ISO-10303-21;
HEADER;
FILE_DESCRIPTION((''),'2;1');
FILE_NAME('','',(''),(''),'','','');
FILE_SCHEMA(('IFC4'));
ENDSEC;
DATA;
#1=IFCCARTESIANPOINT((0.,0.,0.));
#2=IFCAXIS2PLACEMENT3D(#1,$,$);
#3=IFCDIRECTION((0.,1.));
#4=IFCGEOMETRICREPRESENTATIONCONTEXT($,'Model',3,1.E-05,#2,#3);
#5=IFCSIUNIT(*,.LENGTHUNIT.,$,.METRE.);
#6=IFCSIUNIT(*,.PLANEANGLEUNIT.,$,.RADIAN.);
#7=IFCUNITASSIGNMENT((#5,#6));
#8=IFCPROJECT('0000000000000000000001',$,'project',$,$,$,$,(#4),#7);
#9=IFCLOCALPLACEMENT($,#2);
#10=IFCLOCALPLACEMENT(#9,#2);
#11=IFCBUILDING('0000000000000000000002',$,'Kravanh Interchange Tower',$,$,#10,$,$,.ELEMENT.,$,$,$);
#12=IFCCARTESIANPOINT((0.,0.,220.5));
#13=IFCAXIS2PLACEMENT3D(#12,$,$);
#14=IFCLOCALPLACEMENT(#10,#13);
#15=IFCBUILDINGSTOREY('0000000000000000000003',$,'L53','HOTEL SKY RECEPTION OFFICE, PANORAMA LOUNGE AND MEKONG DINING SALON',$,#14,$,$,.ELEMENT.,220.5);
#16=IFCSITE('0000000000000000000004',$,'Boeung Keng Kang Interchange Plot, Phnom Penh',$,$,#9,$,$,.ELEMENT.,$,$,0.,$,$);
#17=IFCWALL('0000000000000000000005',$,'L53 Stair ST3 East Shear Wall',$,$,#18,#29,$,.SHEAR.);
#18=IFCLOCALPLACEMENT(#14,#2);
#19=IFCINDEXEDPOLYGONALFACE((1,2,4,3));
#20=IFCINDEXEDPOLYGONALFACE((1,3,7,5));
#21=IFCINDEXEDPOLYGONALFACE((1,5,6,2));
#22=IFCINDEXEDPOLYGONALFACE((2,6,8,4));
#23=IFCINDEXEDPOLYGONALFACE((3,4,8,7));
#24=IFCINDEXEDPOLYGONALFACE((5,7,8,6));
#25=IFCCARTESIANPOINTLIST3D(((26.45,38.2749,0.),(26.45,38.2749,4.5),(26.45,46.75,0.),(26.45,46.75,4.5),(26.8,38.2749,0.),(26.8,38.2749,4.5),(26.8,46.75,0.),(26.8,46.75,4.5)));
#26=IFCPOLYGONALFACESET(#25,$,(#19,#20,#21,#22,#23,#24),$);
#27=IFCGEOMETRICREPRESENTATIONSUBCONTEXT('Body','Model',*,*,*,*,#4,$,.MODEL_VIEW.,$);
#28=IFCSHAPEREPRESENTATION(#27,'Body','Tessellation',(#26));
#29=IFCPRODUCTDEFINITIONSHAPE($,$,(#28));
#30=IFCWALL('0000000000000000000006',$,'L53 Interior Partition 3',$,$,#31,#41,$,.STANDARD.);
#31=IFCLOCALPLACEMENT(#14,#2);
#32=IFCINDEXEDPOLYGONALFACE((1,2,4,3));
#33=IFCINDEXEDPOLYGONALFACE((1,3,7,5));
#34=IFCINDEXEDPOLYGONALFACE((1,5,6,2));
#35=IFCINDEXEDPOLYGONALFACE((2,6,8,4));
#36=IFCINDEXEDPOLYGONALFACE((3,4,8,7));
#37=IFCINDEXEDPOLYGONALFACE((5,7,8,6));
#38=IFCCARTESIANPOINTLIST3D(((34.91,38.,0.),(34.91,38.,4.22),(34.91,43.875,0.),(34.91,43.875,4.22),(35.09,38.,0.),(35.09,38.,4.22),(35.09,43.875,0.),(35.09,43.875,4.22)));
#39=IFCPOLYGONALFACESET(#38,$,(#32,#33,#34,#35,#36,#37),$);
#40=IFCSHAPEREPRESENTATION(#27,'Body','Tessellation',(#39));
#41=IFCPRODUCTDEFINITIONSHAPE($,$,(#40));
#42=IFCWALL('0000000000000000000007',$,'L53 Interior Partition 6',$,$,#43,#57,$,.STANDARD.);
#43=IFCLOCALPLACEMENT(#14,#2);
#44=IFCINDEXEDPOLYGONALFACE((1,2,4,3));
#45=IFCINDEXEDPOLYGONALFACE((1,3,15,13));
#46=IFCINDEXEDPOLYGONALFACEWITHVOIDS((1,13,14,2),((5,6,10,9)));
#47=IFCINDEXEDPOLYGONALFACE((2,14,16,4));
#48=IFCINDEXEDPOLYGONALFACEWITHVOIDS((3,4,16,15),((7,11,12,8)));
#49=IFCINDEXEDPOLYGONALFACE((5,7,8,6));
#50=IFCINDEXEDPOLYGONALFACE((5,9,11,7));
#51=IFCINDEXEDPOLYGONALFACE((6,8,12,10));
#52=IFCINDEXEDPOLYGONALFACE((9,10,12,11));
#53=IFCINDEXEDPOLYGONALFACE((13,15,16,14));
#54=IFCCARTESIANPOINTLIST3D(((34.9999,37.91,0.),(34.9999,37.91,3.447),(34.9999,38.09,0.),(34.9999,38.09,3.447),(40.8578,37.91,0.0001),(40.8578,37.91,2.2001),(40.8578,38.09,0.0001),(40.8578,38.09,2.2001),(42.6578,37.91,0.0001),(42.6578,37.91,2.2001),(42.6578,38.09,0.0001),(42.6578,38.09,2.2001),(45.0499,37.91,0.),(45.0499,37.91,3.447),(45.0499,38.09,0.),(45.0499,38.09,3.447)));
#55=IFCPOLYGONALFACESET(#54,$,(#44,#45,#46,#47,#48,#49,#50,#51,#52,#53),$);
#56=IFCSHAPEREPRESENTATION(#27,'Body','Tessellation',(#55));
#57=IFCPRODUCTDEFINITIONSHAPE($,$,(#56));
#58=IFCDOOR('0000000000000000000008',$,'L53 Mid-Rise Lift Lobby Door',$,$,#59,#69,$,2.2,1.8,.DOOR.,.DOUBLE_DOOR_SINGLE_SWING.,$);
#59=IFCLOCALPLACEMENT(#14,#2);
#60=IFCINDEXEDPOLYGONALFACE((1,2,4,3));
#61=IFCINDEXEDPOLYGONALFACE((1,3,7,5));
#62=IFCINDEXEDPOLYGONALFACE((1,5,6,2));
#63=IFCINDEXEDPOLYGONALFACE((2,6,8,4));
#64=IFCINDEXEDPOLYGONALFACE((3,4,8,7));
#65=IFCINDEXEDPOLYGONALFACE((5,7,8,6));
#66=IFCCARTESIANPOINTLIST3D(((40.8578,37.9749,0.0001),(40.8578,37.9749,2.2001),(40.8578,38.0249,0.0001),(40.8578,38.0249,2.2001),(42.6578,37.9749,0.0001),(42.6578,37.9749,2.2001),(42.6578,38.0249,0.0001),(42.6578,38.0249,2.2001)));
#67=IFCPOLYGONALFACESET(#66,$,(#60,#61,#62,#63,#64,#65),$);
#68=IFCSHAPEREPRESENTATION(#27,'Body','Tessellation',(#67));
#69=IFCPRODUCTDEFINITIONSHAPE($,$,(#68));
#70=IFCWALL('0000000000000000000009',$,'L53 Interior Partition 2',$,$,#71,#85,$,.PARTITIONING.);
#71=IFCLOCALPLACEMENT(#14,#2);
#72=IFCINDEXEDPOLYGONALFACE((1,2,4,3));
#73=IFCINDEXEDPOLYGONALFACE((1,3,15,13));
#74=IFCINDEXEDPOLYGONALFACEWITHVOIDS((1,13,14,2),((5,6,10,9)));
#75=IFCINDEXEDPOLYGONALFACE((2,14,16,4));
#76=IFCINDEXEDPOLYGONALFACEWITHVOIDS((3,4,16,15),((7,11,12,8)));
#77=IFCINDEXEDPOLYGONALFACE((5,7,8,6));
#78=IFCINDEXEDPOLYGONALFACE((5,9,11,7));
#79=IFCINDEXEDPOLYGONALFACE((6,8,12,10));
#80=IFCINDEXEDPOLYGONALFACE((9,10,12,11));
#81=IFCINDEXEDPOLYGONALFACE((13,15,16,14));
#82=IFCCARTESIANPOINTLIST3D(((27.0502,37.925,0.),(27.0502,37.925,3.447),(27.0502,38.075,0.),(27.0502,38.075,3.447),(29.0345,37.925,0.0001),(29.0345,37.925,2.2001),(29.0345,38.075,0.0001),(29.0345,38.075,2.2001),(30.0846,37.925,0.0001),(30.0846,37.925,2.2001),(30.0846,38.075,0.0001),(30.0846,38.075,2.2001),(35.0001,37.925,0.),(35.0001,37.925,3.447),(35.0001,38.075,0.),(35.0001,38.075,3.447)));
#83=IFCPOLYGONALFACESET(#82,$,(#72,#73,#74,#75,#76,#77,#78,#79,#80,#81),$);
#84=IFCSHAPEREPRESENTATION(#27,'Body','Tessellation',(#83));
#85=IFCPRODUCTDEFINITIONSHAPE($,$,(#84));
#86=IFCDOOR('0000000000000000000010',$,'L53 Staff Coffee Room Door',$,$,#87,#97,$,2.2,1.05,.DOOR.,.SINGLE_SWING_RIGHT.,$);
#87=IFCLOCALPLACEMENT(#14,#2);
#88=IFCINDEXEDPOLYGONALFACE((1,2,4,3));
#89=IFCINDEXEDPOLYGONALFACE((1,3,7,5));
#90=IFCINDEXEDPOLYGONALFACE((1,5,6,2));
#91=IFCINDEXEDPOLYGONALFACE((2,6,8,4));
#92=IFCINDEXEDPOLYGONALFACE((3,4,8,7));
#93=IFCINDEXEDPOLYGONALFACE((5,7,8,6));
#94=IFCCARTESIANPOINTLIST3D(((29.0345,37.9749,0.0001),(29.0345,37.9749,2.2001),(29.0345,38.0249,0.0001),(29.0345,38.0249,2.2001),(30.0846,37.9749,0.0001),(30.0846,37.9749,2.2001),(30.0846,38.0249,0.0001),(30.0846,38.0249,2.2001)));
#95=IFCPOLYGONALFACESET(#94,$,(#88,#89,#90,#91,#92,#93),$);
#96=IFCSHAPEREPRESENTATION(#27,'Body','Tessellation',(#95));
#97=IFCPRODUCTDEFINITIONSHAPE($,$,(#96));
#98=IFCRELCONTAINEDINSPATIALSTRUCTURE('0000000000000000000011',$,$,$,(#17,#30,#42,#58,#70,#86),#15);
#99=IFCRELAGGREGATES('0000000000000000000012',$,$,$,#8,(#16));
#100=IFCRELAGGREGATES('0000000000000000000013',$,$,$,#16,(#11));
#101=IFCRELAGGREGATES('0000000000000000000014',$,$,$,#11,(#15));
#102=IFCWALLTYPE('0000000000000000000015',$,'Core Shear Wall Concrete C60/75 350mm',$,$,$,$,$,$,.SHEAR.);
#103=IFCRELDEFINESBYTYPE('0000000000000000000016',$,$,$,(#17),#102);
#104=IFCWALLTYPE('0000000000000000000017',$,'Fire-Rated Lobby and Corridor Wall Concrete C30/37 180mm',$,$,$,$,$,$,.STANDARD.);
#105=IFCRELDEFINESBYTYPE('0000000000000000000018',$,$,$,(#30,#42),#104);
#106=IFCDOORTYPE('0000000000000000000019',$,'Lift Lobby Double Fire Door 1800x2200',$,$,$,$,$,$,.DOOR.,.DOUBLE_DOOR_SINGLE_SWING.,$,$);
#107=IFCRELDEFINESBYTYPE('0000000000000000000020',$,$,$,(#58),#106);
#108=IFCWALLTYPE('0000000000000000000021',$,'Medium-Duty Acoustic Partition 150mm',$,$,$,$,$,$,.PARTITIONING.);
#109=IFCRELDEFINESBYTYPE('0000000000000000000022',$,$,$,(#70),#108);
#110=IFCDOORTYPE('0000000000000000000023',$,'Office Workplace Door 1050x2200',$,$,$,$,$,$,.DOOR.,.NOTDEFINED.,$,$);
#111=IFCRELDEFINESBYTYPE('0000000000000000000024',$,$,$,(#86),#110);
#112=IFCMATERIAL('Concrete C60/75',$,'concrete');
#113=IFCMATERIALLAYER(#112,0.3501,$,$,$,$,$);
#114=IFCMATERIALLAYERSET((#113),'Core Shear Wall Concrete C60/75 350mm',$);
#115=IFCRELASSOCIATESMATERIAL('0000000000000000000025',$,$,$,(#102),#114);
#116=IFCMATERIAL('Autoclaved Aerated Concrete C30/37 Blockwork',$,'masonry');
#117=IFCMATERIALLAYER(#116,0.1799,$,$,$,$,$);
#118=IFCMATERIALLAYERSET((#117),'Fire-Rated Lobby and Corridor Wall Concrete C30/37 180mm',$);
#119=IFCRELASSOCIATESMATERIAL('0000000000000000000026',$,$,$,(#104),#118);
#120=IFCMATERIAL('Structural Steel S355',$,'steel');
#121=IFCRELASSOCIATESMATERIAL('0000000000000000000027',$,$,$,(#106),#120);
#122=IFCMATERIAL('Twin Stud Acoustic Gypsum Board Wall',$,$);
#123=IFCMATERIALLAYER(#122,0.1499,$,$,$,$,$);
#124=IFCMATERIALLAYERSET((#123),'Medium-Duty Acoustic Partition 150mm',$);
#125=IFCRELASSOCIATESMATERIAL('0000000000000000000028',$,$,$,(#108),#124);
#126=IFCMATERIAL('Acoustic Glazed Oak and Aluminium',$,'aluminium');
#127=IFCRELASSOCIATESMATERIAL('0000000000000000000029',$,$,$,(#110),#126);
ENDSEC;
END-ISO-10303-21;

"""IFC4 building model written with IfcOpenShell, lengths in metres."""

from ifc_helpers import new_model, si_unit, direction, frame, frame_2d, origin, place, context, subcontext, project, spatial, rectangle, extrude, material, layer, layer_set, type_object, element, fill, save


model = new_model("IFC4")

# Units and contexts
model_context = context("Model", 3, precision=1e-05, world=origin(), true_north=direction((0.0, 1.0)))
body_context = subcontext(model_context, "Body", "Model", "MODEL_VIEW")
ifc_project = project(units=[si_unit("LENGTHUNIT", "METRE"), si_unit("PLANEANGLEUNIT", "RADIAN")], contexts=[model_context])

# Site, building, storey
site_placement = place(None, origin())
site = spatial("IfcSite", under=ifc_project, at=site_placement, Name="Boeung Keng Kang Interchange Plot, Phnom Penh", CompositionType="ELEMENT", RefElevation=0.0)
building_placement = place(site_placement, origin())
building = spatial("IfcBuilding", under=site, at=building_placement, Name="Kravanh Interchange Tower", CompositionType="ELEMENT")
storey_placement = place(building_placement, frame((0.0, 0.0, 220.5)))
storey = spatial("IfcBuildingStorey", under=building, at=storey_placement, Name="L53", Description="HOTEL SKY RECEPTION OFFICE, PANORAMA LOUNGE AND MEKONG DINING SALON", CompositionType="ELEMENT", Elevation=220.5)

# Shared definitions
ifc_material_1 = material(Name="Concrete C60/75", Category="concrete")
ifc_layer_1 = layer(ifc_material_1, 0.3501)
ifc_layer_set_1 = layer_set([ifc_layer_1], Name="Core Shear Wall Concrete C60/75 350mm")
wall_type_1 = type_object("IfcWallType", Name="Core Shear Wall Concrete C60/75 350mm", PredefinedType="SHEAR", material=ifc_layer_set_1)

# Walls
wall_1_placement = place(storey_placement, frame((26.625, 38.2749, 0.0), z_axis=(0.0, 0.0, 1.0), x_axis=(0.0, 1.0, 0.0)))
element("IfcWall", 1, at=wall_1_placement, inside=storey, type_object=wall_type_1, Name="L53 Stair ST3 East Shear Wall", PredefinedType="SHEAR", context=body_context, shape_type="SweptSolid", body=[
    extrude(rectangle(XDim=8.4751, YDim=0.3501, at=frame_2d((4.2375, 0.0))), origin(), (0.0, 0.0, 1.0), 4.5),
])
ifc_material_2 = material(Name="Autoclaved Aerated Concrete C30/37 Blockwork", Category="masonry")
ifc_layer_2 = layer(ifc_material_2, 0.1799)
ifc_layer_set_2 = layer_set([ifc_layer_2], Name="Fire-Rated Lobby and Corridor Wall Concrete C30/37 180mm")
wall_type_2 = type_object("IfcWallType", Name="Fire-Rated Lobby and Corridor Wall Concrete C30/37 180mm", PredefinedType="STANDARD", material=ifc_layer_set_2)
wall_2_placement = place(storey_placement, frame((35.0, 38.0, 0.0), z_axis=(0.0, 0.0, 1.0), x_axis=(0.0, 1.0, 0.0)))
element("IfcWall", 2, at=wall_2_placement, inside=storey, type_object=wall_type_2, Name="L53 Interior Partition 3", PredefinedType="STANDARD", context=body_context, shape_type="SweptSolid", body=[
    extrude(rectangle(XDim=5.875, YDim=0.1799, at=frame_2d((2.9375, 0.0))), origin(), (0.0, 0.0, 1.0), 4.22),
])

# Walls, openings, doors
wall_3_placement = place(storey_placement, frame((35.0, 38.0, 0.0), z_axis=(0.0, 0.0, 1.0), x_axis=(1.0, 0.0, 0.0)))
wall_3 = element("IfcWall", 3, at=wall_3_placement, inside=storey, type_object=wall_type_2, Name="L53 Interior Partition 6", PredefinedType="STANDARD", context=body_context, shape_type="SweptSolid", body=[
    extrude(rectangle(XDim=10.05, YDim=0.1799, at=frame_2d((5.0249, 0.0))), origin(), (0.0, 0.0, 1.0), 3.447),
])
opening_1_placement = place(wall_3_placement, frame((5.8579, 0.0, 0.0)))
opening_1 = element("IfcOpeningElement", 4, at=opening_1_placement, cuts=wall_3, PredefinedType="OPENING", context=body_context, shape_type="SweptSolid", body=[
    extrude(rectangle(XDim=1.8, YDim=2.2, at=frame_2d((0.8999, 1.1001))), frame((0.0, 0.1001, 0.0), z_axis=(0.0, -1.0, 0.0), x_axis=(1.0, 0.0, 0.0)), (0.0, 0.0, 1.0), 0.2),
])
ifc_material_3 = material(Name="Structural Steel S355", Category="steel")
door_type_1 = type_object("IfcDoorType", Name="Lift Lobby Double Fire Door 1800x2200", OperationType="DOUBLE_DOOR_SINGLE_SWING", PredefinedType="DOOR", material=ifc_material_3)
door_1_placement = place(opening_1_placement, origin())
door_1 = element("IfcDoor", 5, at=door_1_placement, inside=storey, type_object=door_type_1, Name="L53 Mid-Rise Lift Lobby Door", OperationType="DOUBLE_DOOR_SINGLE_SWING", OverallHeight=2.2, OverallWidth=1.8, PredefinedType="DOOR", context=body_context, shape_type="SweptSolid", body=[
    extrude(rectangle(XDim=1.8, YDim=2.2, at=frame_2d((0.8999, 1.1001))), frame((0.0, 0.0249, 0.0), z_axis=(0.0, -1.0, 0.0), x_axis=(1.0, 0.0, 0.0)), (0.0, 0.0, 1.0), 0.05),
])
fill(opening_1, door_1)
ifc_material_4 = material(Name="Twin Stud Acoustic Gypsum Board Wall")
ifc_layer_3 = layer(ifc_material_4, 0.1499)
ifc_layer_set_3 = layer_set([ifc_layer_3], Name="Medium-Duty Acoustic Partition 150mm")
wall_type_3 = type_object("IfcWallType", Name="Medium-Duty Acoustic Partition 150mm", PredefinedType="PARTITIONING", material=ifc_layer_set_3)
wall_4_placement = place(storey_placement, frame((27.05, 38.0, 0.0), z_axis=(0.0, 0.0, 1.0), x_axis=(1.0, 0.0, 0.0)))
wall_4 = element("IfcWall", 6, at=wall_4_placement, inside=storey, type_object=wall_type_3, Name="L53 Interior Partition 2", PredefinedType="PARTITIONING", context=body_context, shape_type="SweptSolid", body=[
    extrude(rectangle(XDim=7.95, YDim=0.1499, at=frame_2d((3.9751, 0.0))), origin(), (0.0, 0.0, 1.0), 3.447),
])
opening_2_placement = place(wall_4_placement, frame((1.9846, 0.0, 0.0)))
opening_2 = element("IfcOpeningElement", 7, at=opening_2_placement, cuts=wall_4, PredefinedType="OPENING", context=body_context, shape_type="SweptSolid", body=[
    extrude(rectangle(XDim=1.05, YDim=2.2, at=frame_2d((0.5249, 1.1001))), frame((0.0, 0.085, 0.0), z_axis=(0.0, -1.0, 0.0), x_axis=(1.0, 0.0, 0.0)), (0.0, 0.0, 1.0), 0.1699),
])
ifc_material_5 = material(Name="Acoustic Glazed Oak and Aluminium", Category="aluminium")
door_type_2 = type_object("IfcDoorType", Name="Office Workplace Door 1050x2200", OperationType="NOTDEFINED", PredefinedType="DOOR", material=ifc_material_5)
door_2_placement = place(opening_2_placement, origin())
door_2 = element("IfcDoor", 8, at=door_2_placement, inside=storey, type_object=door_type_2, Name="L53 Staff Coffee Room Door", OperationType="SINGLE_SWING_RIGHT", OverallHeight=2.2, OverallWidth=1.05, PredefinedType="DOOR", context=body_context, shape_type="SweptSolid", body=[
    extrude(rectangle(XDim=1.05, YDim=2.2, at=frame_2d((0.5249, 1.1001))), frame((0.0, 0.0249, 0.0), z_axis=(0.0, -1.0, 0.0), x_axis=(1.0, 0.0, 0.0)), (0.0, 0.0, 1.0), 0.05),
])
fill(opening_2, door_2)

save(model, "model.ifc")
